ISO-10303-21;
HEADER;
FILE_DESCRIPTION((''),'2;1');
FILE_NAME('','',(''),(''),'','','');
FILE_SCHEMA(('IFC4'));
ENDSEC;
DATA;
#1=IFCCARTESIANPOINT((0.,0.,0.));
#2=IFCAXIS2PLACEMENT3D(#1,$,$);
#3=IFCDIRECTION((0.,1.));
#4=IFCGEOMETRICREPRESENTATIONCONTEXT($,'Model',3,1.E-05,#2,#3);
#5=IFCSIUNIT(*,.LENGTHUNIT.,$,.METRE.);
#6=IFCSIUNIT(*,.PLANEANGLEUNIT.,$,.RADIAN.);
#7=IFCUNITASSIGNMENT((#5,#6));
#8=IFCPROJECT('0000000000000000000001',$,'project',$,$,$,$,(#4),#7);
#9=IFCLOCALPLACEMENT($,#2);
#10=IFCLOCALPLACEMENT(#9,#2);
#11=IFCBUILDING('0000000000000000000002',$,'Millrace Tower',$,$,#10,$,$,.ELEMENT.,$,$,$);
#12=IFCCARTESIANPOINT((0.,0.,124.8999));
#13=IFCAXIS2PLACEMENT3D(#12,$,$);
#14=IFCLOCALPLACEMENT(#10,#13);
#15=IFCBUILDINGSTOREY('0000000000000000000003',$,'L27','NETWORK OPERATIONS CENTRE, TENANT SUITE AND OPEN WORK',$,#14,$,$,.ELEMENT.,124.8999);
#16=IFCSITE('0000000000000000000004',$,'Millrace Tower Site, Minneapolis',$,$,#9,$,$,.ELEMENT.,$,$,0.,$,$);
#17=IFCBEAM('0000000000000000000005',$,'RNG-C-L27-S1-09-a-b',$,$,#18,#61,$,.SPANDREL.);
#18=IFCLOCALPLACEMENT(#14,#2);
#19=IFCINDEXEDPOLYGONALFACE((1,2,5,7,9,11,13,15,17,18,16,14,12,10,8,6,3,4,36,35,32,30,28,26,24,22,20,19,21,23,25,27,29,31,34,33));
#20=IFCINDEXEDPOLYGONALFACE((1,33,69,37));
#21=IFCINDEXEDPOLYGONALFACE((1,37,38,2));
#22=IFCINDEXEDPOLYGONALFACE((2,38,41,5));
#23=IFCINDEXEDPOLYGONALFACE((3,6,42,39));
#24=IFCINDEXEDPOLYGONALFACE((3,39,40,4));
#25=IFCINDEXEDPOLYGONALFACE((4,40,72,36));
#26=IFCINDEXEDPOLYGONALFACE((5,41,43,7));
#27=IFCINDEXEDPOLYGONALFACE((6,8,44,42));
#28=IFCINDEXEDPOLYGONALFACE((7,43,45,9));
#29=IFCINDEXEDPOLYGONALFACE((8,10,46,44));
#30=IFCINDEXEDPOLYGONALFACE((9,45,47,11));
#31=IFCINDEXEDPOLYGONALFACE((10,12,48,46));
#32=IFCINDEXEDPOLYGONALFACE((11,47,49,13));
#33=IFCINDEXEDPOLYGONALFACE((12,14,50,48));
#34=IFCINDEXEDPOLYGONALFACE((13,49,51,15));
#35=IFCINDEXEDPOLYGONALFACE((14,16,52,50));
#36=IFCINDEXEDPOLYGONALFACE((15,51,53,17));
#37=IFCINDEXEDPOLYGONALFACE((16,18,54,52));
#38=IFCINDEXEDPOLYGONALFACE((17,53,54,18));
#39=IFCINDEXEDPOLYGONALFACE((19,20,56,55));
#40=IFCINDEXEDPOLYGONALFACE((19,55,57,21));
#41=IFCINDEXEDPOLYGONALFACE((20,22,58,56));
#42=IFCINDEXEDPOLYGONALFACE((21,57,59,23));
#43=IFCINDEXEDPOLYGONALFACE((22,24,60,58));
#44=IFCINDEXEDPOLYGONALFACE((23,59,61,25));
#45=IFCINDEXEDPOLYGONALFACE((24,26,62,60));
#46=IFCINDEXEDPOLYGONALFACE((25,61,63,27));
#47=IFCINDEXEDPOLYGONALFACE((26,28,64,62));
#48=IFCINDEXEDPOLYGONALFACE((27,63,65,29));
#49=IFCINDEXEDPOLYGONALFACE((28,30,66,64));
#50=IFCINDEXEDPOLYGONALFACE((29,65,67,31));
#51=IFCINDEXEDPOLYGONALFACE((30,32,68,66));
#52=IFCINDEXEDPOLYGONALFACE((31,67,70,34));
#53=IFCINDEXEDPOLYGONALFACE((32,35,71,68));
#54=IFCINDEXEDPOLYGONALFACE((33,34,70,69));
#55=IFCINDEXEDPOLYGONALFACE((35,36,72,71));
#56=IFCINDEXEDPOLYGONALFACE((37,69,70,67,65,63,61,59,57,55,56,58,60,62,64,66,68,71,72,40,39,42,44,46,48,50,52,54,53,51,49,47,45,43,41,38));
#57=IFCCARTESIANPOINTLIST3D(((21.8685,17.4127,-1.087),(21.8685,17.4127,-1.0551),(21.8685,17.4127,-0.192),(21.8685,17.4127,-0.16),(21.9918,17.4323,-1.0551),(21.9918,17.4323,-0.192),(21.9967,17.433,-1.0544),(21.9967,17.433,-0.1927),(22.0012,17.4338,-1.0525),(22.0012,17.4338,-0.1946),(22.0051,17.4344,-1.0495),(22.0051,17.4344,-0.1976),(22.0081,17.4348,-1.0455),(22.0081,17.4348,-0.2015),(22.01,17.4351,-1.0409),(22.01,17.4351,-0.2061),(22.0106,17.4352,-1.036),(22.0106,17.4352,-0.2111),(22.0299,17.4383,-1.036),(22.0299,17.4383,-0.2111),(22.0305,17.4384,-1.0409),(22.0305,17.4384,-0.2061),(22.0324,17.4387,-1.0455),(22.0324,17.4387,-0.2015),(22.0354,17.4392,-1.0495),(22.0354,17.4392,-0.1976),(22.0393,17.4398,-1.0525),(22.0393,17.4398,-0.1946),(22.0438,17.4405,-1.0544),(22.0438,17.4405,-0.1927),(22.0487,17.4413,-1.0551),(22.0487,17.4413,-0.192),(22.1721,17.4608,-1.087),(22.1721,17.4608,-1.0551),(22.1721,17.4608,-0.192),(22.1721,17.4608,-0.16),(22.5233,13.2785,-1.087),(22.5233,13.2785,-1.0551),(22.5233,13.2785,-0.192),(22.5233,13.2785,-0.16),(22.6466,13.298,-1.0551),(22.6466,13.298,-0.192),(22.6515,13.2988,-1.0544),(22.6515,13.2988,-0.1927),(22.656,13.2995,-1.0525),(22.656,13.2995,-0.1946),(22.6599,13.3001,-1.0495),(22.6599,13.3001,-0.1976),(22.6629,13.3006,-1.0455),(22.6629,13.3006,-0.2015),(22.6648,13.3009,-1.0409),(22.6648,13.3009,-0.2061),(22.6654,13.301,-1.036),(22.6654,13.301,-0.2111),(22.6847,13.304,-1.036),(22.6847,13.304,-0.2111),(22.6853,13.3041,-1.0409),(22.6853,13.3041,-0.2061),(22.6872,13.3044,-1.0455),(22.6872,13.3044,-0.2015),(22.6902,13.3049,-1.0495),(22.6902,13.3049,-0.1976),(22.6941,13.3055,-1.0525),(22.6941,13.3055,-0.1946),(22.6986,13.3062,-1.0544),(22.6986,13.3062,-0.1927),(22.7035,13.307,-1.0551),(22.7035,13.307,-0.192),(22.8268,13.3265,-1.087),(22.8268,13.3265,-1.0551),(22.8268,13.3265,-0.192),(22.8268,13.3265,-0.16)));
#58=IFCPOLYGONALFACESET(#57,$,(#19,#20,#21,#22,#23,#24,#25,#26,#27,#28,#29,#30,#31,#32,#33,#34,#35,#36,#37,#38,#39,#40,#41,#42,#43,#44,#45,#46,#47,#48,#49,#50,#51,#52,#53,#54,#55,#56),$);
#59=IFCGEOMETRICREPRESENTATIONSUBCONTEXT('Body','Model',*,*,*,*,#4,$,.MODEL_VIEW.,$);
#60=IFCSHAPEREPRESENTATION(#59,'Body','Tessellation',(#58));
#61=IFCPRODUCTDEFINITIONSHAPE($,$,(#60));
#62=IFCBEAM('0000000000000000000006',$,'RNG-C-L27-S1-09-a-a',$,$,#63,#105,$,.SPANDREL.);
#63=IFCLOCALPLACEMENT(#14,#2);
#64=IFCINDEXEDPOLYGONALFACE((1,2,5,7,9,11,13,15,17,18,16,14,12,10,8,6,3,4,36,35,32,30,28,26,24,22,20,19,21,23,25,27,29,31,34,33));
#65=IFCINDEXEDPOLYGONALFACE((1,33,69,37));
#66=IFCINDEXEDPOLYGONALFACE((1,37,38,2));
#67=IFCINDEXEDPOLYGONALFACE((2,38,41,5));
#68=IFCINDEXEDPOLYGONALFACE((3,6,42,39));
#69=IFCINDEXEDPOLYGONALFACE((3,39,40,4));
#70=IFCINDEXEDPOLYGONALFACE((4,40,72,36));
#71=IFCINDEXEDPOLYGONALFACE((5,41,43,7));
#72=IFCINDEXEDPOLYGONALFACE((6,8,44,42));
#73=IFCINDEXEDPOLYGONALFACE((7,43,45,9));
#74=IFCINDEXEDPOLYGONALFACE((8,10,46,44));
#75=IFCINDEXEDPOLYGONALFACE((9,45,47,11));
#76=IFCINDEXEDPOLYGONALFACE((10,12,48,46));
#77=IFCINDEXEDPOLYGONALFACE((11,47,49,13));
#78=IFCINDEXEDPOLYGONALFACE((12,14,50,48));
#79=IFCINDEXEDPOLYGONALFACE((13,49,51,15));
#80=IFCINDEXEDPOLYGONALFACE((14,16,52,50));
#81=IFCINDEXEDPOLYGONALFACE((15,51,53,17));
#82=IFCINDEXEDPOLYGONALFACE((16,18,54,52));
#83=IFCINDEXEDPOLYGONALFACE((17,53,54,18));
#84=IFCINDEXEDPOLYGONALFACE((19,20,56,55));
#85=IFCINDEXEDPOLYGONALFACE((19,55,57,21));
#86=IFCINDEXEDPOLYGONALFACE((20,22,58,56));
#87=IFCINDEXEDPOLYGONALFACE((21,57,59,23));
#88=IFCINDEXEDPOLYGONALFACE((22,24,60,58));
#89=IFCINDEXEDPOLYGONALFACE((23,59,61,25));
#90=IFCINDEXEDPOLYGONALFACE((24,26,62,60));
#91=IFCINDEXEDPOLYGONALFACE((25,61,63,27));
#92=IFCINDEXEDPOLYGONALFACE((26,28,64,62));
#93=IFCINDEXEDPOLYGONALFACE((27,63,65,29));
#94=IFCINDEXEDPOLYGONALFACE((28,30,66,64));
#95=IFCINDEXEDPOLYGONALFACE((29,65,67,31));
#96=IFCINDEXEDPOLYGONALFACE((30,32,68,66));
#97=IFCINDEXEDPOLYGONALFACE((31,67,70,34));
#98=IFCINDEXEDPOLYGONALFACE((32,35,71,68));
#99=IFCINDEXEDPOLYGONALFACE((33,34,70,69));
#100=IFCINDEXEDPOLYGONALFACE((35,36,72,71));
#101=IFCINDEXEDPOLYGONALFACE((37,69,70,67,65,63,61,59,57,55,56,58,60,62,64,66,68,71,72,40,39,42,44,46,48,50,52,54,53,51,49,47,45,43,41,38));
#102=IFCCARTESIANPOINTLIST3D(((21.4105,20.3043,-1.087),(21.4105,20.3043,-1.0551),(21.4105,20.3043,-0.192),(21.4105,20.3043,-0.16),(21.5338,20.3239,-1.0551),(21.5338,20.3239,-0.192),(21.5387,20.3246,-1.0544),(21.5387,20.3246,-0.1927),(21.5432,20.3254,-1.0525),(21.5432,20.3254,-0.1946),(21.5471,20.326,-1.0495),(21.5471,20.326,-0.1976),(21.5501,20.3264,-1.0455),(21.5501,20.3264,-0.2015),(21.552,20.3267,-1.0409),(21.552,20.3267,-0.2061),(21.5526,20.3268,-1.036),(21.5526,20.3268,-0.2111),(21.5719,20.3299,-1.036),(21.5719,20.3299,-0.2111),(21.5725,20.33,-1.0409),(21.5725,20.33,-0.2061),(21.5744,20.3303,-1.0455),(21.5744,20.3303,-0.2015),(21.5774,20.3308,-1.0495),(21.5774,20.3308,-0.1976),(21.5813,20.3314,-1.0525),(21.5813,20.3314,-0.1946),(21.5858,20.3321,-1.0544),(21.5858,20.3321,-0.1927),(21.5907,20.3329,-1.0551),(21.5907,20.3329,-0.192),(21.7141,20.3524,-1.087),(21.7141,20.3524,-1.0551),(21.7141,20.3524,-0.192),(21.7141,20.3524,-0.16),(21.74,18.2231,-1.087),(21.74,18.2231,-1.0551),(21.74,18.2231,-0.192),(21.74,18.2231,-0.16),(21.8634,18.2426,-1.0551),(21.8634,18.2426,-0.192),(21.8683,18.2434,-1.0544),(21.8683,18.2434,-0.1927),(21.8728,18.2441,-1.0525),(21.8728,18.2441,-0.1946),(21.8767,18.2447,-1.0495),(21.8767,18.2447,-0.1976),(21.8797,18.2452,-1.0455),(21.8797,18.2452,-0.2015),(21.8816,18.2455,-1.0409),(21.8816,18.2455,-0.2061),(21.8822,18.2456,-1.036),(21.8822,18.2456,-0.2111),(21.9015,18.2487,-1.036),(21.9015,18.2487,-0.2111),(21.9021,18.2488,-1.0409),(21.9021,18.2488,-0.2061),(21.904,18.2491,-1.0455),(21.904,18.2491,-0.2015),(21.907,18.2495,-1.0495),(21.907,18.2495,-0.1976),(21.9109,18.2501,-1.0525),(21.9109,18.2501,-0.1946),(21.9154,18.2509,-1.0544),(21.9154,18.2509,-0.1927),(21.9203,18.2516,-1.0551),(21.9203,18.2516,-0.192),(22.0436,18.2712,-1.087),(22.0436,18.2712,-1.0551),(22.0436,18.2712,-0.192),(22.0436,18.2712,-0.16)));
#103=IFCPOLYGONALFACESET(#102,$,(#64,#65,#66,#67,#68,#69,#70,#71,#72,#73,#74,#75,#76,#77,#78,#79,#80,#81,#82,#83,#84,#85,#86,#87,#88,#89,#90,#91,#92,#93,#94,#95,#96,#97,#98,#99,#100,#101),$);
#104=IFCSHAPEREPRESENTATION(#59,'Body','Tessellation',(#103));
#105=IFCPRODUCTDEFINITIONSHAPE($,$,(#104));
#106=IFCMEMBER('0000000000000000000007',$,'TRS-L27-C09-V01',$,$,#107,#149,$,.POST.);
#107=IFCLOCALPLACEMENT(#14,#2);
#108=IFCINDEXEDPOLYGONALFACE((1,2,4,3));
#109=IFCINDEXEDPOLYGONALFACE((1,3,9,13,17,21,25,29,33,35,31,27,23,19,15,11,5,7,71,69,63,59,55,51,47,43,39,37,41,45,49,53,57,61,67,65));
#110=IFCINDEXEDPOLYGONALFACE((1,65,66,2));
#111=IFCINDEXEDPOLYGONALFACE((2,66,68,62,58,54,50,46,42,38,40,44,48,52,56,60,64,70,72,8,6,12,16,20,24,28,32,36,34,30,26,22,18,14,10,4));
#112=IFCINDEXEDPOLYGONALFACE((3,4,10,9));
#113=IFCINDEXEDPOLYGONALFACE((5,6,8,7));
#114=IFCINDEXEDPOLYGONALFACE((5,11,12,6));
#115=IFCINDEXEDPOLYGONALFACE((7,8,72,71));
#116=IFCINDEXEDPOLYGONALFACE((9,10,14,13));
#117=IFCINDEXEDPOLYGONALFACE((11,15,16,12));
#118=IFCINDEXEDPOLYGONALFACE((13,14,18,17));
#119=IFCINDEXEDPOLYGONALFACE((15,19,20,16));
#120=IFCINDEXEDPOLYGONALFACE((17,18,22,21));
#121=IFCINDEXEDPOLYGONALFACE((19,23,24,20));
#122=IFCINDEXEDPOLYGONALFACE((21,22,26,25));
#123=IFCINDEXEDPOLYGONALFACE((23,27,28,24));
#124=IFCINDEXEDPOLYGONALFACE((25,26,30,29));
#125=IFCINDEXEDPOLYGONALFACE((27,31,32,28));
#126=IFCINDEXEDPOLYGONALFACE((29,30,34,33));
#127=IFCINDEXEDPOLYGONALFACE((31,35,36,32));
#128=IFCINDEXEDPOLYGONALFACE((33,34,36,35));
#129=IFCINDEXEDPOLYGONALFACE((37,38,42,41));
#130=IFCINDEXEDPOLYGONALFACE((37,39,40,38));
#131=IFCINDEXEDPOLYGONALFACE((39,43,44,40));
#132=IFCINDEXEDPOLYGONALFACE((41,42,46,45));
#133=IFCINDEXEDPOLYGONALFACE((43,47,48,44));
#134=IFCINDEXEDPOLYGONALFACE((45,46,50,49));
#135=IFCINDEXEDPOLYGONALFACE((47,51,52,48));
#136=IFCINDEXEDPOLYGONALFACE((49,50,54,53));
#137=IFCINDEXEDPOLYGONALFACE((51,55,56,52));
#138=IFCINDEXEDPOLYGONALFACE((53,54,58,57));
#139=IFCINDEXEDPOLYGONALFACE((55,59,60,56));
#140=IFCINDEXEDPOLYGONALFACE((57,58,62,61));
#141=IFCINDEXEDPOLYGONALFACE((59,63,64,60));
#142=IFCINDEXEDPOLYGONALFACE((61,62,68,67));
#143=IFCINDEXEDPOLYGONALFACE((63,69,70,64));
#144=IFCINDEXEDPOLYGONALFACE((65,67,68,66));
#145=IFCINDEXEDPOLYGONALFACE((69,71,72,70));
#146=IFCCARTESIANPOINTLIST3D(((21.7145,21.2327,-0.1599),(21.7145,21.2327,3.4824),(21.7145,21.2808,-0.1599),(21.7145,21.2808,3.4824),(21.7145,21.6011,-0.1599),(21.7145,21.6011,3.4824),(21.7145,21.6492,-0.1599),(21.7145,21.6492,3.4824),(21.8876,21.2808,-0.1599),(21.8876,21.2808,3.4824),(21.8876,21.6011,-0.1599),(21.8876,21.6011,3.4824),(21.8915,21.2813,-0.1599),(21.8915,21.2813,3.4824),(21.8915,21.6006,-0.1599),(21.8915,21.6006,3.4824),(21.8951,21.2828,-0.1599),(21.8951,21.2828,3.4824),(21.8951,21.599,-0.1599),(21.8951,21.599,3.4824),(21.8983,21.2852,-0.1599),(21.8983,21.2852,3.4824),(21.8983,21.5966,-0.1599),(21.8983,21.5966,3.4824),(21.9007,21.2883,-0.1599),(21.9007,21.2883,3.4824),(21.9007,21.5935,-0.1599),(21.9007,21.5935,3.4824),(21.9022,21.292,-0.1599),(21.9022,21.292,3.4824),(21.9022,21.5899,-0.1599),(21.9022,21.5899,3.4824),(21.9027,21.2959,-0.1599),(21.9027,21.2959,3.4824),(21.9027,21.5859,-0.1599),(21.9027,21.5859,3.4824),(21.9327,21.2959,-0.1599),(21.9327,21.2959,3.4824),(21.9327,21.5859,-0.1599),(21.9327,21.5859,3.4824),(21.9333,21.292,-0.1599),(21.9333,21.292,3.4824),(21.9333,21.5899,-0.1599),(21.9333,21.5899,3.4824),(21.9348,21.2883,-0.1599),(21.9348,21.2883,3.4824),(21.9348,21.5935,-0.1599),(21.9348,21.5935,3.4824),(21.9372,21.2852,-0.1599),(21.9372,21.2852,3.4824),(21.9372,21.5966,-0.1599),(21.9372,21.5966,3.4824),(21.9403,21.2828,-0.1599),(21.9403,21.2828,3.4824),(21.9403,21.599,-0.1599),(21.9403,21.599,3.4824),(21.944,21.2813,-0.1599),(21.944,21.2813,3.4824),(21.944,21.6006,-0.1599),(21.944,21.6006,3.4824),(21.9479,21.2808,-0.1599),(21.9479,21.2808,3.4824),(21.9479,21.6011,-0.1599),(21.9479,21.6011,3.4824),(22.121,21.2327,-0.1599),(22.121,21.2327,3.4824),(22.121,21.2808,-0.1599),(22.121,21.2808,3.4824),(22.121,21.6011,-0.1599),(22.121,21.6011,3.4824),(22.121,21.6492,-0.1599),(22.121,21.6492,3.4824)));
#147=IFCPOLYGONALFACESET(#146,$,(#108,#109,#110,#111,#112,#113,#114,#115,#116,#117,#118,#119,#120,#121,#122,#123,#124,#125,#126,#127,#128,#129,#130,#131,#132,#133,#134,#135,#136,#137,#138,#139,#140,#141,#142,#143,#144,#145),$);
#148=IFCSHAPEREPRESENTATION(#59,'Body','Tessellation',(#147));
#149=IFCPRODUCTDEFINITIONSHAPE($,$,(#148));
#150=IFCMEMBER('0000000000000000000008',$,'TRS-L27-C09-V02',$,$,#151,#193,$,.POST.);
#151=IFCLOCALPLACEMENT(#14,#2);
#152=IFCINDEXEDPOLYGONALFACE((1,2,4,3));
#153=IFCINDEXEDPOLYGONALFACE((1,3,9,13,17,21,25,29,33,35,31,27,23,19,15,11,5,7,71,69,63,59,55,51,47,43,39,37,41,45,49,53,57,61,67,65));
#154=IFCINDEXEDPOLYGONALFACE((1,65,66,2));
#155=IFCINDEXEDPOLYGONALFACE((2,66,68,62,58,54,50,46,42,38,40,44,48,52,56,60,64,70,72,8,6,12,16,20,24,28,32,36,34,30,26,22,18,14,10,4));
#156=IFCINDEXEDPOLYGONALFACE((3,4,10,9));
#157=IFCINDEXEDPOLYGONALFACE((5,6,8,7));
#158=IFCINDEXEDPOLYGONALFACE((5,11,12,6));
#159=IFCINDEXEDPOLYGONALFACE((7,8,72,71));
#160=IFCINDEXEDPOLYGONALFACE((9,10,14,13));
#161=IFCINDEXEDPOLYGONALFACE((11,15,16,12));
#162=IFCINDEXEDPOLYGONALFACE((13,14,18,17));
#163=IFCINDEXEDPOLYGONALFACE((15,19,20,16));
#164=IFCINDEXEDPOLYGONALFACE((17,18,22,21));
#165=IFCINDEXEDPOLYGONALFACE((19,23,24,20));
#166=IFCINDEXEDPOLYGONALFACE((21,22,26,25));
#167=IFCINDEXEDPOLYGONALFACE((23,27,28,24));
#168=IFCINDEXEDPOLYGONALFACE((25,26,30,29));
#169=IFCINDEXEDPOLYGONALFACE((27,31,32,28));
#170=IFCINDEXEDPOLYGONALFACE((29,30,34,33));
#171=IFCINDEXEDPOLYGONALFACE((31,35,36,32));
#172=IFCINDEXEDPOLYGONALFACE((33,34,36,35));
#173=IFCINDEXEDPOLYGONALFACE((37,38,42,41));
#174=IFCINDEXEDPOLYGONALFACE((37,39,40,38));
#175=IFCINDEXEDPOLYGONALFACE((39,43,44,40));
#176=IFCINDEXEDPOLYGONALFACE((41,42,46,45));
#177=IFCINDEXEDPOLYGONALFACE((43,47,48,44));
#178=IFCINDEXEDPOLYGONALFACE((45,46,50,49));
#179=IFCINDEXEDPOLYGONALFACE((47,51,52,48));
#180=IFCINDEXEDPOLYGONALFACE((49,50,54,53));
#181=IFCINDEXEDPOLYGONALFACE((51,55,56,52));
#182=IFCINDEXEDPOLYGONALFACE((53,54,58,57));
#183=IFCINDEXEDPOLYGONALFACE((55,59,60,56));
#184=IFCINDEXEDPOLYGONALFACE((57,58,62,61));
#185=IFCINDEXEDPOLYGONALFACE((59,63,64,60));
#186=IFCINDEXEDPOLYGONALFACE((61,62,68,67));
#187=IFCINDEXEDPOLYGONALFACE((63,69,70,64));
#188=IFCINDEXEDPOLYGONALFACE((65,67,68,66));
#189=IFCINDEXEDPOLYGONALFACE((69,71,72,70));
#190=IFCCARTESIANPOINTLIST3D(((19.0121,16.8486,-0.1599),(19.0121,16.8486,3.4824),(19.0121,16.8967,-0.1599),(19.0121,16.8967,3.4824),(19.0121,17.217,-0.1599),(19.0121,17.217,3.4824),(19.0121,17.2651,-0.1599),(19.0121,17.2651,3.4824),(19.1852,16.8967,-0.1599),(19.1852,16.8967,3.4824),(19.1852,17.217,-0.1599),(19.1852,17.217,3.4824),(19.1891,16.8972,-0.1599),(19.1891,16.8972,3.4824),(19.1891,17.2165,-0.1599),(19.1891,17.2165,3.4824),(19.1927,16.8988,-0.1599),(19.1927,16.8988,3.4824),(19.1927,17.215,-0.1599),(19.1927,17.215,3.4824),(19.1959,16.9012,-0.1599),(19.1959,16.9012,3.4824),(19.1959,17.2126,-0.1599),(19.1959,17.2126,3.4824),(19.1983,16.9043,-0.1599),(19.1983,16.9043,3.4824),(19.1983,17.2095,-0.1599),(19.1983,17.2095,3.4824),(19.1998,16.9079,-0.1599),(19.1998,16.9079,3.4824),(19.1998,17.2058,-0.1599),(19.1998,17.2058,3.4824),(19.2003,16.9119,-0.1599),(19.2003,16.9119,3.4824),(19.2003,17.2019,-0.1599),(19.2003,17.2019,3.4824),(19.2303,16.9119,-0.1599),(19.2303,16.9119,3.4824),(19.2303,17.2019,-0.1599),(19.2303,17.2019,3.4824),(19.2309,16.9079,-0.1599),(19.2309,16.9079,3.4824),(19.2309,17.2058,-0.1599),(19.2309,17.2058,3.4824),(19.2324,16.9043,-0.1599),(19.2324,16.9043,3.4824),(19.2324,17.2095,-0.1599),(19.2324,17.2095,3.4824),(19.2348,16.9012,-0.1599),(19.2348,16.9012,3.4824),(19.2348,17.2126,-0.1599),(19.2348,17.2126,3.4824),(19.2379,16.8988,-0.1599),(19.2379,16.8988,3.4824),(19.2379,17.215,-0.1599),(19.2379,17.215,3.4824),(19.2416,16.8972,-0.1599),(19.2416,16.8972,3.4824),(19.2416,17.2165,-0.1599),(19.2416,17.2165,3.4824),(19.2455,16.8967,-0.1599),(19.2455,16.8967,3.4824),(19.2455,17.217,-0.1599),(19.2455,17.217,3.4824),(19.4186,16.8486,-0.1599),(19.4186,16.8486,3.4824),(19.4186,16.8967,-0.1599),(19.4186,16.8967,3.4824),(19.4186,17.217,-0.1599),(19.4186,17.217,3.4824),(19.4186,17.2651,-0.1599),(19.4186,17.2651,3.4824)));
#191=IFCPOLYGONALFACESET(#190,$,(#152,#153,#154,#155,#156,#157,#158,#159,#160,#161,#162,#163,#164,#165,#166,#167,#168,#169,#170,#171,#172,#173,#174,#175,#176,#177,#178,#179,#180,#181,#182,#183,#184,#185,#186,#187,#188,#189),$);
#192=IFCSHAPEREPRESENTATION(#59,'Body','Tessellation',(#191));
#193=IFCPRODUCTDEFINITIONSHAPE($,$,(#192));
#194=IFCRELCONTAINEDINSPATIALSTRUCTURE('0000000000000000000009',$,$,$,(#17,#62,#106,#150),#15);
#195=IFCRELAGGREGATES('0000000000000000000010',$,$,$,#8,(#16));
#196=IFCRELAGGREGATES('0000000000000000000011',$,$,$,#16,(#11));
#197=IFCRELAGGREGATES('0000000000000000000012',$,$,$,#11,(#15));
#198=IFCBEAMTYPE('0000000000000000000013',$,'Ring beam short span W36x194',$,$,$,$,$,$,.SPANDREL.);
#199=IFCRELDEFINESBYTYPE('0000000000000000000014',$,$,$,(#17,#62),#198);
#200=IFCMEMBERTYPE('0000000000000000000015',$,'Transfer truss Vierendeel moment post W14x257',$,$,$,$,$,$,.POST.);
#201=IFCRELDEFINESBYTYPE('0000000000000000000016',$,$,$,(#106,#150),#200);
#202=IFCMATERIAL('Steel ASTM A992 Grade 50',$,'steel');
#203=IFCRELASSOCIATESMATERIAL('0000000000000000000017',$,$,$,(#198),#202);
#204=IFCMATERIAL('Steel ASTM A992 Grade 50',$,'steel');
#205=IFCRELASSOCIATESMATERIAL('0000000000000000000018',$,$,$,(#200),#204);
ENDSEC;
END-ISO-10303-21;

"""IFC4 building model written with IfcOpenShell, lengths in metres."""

from ifc_helpers import new_model, si_unit, direction, frame, origin, origin_2d, place, context, subcontext, project, spatial, i_section, extrude, material, material_profile, profile_set, type_object, element, save


model = new_model("IFC4")

# Units and contexts
model_context = context("Model", 3, precision=1e-05, world=origin(), true_north=direction((0.0, 1.0)))
body_context = subcontext(model_context, "Body", "Model", "MODEL_VIEW")
ifc_project = project(units=[si_unit("LENGTHUNIT", "METRE"), si_unit("PLANEANGLEUNIT", "RADIAN")], contexts=[model_context])

# Site, building, storey
site_placement = place(None, origin())
site = spatial("IfcSite", under=ifc_project, at=site_placement, Name="Millrace Tower Site, Minneapolis", CompositionType="ELEMENT", RefElevation=0.0)
building_placement = place(site_placement, origin())
building = spatial("IfcBuilding", under=site, at=building_placement, Name="Millrace Tower", CompositionType="ELEMENT")
storey_placement = place(building_placement, frame((0.0, 0.0, 124.8999)))
storey = spatial("IfcBuildingStorey", under=building, at=storey_placement, Name="L27", Description="NETWORK OPERATIONS CENTRE, TENANT SUITE AND OPEN WORK", CompositionType="ELEMENT", Elevation=124.8999)

# Beams
ifc_material_1 = material(Name="Steel ASTM A992 Grade 50", Category="steel")
ifc_material_profile_1 = material_profile(ifc_material_1, i_section(OverallWidth=0.3074, OverallDepth=0.927, WebThickness=0.0195, FlangeThickness=0.032, FilletRadius=0.019, at=origin_2d()))
ifc_profile_set_1 = profile_set([ifc_material_profile_1], Name="Steel ASTM A992 Grade 50")
beam_type_1 = type_object("IfcBeamType", Name="Ring beam short span W36x194", PredefinedType="SPANDREL", material=ifc_profile_set_1)
beam_1_placement = place(storey_placement, frame((22.0203, 17.4368, -0.6235), z_axis=(0.15643, -0.987689, 0.0), x_axis=(0.987689, 0.15643, 0.0)))
element("IfcBeam", 1, at=beam_1_placement, inside=storey, type_object=beam_type_1, Name="RNG-C-L27-S1-09-a-b", PredefinedType="SPANDREL", context=body_context, shape_type="SweptSolid", body=[
    extrude(i_section(OverallWidth=0.3074, OverallDepth=0.927, WebThickness=0.0195, FlangeThickness=0.032, FilletRadius=0.019, at=origin_2d()), origin(), (0.0, 0.0, 1.0), 4.1858),
])
beam_2_placement = place(storey_placement, frame((21.5623, 20.3284, -0.6235), z_axis=(0.156409, -0.987692, 0.0), x_axis=(0.987692, 0.156409, 0.0)))
element("IfcBeam", 2, at=beam_2_placement, inside=storey, type_object=beam_type_1, Name="RNG-C-L27-S1-09-a-a", PredefinedType="SPANDREL", context=body_context, shape_type="SweptSolid", body=[
    extrude(i_section(OverallWidth=0.3074, OverallDepth=0.927, WebThickness=0.0195, FlangeThickness=0.032, FilletRadius=0.019, at=origin_2d()), origin(), (0.0, 0.0, 1.0), 2.1072),
])

# Members
ifc_material_2 = material(Name="Steel ASTM A992 Grade 50", Category="steel")
ifc_material_profile_2 = material_profile(ifc_material_2, i_section(OverallWidth=0.4065, OverallDepth=0.4165, WebThickness=0.03, FlangeThickness=0.0481, FilletRadius=0.0151, at=origin_2d()))
ifc_profile_set_2 = profile_set([ifc_material_profile_2], Name="Steel ASTM A992 Grade 50")
member_type_1 = type_object("IfcMemberType", Name="Transfer truss Vierendeel moment post W14x257", PredefinedType="POST", material=ifc_profile_set_2)
for number, where, z_axis, x_axis, name in (
    (3, (21.9177, 21.4409, -0.1599), (0.0, 0.0, 1.0), (1.0, 0.0, 0.0), "TRS-L27-C09-V01"),
    (4, (19.2153, 17.0569, -0.1599), (0.0, 0.0, 1.0), (1.0, 0.0, 0.0), "TRS-L27-C09-V02"),
):
    element("IfcMember", number, at=place(storey_placement, frame(where, z_axis=z_axis, x_axis=x_axis)), inside=storey, type_object=member_type_1, Name=name, PredefinedType="POST", context=body_context, shape_type="SweptSolid", body=[
        extrude(i_section(OverallWidth=0.4065, OverallDepth=0.4165, WebThickness=0.03, FlangeThickness=0.0481, FilletRadius=0.0151, at=origin_2d()), origin(), (0.0, 0.0, 1.0), 3.6423),
    ])

save(model, "model.ifc")
